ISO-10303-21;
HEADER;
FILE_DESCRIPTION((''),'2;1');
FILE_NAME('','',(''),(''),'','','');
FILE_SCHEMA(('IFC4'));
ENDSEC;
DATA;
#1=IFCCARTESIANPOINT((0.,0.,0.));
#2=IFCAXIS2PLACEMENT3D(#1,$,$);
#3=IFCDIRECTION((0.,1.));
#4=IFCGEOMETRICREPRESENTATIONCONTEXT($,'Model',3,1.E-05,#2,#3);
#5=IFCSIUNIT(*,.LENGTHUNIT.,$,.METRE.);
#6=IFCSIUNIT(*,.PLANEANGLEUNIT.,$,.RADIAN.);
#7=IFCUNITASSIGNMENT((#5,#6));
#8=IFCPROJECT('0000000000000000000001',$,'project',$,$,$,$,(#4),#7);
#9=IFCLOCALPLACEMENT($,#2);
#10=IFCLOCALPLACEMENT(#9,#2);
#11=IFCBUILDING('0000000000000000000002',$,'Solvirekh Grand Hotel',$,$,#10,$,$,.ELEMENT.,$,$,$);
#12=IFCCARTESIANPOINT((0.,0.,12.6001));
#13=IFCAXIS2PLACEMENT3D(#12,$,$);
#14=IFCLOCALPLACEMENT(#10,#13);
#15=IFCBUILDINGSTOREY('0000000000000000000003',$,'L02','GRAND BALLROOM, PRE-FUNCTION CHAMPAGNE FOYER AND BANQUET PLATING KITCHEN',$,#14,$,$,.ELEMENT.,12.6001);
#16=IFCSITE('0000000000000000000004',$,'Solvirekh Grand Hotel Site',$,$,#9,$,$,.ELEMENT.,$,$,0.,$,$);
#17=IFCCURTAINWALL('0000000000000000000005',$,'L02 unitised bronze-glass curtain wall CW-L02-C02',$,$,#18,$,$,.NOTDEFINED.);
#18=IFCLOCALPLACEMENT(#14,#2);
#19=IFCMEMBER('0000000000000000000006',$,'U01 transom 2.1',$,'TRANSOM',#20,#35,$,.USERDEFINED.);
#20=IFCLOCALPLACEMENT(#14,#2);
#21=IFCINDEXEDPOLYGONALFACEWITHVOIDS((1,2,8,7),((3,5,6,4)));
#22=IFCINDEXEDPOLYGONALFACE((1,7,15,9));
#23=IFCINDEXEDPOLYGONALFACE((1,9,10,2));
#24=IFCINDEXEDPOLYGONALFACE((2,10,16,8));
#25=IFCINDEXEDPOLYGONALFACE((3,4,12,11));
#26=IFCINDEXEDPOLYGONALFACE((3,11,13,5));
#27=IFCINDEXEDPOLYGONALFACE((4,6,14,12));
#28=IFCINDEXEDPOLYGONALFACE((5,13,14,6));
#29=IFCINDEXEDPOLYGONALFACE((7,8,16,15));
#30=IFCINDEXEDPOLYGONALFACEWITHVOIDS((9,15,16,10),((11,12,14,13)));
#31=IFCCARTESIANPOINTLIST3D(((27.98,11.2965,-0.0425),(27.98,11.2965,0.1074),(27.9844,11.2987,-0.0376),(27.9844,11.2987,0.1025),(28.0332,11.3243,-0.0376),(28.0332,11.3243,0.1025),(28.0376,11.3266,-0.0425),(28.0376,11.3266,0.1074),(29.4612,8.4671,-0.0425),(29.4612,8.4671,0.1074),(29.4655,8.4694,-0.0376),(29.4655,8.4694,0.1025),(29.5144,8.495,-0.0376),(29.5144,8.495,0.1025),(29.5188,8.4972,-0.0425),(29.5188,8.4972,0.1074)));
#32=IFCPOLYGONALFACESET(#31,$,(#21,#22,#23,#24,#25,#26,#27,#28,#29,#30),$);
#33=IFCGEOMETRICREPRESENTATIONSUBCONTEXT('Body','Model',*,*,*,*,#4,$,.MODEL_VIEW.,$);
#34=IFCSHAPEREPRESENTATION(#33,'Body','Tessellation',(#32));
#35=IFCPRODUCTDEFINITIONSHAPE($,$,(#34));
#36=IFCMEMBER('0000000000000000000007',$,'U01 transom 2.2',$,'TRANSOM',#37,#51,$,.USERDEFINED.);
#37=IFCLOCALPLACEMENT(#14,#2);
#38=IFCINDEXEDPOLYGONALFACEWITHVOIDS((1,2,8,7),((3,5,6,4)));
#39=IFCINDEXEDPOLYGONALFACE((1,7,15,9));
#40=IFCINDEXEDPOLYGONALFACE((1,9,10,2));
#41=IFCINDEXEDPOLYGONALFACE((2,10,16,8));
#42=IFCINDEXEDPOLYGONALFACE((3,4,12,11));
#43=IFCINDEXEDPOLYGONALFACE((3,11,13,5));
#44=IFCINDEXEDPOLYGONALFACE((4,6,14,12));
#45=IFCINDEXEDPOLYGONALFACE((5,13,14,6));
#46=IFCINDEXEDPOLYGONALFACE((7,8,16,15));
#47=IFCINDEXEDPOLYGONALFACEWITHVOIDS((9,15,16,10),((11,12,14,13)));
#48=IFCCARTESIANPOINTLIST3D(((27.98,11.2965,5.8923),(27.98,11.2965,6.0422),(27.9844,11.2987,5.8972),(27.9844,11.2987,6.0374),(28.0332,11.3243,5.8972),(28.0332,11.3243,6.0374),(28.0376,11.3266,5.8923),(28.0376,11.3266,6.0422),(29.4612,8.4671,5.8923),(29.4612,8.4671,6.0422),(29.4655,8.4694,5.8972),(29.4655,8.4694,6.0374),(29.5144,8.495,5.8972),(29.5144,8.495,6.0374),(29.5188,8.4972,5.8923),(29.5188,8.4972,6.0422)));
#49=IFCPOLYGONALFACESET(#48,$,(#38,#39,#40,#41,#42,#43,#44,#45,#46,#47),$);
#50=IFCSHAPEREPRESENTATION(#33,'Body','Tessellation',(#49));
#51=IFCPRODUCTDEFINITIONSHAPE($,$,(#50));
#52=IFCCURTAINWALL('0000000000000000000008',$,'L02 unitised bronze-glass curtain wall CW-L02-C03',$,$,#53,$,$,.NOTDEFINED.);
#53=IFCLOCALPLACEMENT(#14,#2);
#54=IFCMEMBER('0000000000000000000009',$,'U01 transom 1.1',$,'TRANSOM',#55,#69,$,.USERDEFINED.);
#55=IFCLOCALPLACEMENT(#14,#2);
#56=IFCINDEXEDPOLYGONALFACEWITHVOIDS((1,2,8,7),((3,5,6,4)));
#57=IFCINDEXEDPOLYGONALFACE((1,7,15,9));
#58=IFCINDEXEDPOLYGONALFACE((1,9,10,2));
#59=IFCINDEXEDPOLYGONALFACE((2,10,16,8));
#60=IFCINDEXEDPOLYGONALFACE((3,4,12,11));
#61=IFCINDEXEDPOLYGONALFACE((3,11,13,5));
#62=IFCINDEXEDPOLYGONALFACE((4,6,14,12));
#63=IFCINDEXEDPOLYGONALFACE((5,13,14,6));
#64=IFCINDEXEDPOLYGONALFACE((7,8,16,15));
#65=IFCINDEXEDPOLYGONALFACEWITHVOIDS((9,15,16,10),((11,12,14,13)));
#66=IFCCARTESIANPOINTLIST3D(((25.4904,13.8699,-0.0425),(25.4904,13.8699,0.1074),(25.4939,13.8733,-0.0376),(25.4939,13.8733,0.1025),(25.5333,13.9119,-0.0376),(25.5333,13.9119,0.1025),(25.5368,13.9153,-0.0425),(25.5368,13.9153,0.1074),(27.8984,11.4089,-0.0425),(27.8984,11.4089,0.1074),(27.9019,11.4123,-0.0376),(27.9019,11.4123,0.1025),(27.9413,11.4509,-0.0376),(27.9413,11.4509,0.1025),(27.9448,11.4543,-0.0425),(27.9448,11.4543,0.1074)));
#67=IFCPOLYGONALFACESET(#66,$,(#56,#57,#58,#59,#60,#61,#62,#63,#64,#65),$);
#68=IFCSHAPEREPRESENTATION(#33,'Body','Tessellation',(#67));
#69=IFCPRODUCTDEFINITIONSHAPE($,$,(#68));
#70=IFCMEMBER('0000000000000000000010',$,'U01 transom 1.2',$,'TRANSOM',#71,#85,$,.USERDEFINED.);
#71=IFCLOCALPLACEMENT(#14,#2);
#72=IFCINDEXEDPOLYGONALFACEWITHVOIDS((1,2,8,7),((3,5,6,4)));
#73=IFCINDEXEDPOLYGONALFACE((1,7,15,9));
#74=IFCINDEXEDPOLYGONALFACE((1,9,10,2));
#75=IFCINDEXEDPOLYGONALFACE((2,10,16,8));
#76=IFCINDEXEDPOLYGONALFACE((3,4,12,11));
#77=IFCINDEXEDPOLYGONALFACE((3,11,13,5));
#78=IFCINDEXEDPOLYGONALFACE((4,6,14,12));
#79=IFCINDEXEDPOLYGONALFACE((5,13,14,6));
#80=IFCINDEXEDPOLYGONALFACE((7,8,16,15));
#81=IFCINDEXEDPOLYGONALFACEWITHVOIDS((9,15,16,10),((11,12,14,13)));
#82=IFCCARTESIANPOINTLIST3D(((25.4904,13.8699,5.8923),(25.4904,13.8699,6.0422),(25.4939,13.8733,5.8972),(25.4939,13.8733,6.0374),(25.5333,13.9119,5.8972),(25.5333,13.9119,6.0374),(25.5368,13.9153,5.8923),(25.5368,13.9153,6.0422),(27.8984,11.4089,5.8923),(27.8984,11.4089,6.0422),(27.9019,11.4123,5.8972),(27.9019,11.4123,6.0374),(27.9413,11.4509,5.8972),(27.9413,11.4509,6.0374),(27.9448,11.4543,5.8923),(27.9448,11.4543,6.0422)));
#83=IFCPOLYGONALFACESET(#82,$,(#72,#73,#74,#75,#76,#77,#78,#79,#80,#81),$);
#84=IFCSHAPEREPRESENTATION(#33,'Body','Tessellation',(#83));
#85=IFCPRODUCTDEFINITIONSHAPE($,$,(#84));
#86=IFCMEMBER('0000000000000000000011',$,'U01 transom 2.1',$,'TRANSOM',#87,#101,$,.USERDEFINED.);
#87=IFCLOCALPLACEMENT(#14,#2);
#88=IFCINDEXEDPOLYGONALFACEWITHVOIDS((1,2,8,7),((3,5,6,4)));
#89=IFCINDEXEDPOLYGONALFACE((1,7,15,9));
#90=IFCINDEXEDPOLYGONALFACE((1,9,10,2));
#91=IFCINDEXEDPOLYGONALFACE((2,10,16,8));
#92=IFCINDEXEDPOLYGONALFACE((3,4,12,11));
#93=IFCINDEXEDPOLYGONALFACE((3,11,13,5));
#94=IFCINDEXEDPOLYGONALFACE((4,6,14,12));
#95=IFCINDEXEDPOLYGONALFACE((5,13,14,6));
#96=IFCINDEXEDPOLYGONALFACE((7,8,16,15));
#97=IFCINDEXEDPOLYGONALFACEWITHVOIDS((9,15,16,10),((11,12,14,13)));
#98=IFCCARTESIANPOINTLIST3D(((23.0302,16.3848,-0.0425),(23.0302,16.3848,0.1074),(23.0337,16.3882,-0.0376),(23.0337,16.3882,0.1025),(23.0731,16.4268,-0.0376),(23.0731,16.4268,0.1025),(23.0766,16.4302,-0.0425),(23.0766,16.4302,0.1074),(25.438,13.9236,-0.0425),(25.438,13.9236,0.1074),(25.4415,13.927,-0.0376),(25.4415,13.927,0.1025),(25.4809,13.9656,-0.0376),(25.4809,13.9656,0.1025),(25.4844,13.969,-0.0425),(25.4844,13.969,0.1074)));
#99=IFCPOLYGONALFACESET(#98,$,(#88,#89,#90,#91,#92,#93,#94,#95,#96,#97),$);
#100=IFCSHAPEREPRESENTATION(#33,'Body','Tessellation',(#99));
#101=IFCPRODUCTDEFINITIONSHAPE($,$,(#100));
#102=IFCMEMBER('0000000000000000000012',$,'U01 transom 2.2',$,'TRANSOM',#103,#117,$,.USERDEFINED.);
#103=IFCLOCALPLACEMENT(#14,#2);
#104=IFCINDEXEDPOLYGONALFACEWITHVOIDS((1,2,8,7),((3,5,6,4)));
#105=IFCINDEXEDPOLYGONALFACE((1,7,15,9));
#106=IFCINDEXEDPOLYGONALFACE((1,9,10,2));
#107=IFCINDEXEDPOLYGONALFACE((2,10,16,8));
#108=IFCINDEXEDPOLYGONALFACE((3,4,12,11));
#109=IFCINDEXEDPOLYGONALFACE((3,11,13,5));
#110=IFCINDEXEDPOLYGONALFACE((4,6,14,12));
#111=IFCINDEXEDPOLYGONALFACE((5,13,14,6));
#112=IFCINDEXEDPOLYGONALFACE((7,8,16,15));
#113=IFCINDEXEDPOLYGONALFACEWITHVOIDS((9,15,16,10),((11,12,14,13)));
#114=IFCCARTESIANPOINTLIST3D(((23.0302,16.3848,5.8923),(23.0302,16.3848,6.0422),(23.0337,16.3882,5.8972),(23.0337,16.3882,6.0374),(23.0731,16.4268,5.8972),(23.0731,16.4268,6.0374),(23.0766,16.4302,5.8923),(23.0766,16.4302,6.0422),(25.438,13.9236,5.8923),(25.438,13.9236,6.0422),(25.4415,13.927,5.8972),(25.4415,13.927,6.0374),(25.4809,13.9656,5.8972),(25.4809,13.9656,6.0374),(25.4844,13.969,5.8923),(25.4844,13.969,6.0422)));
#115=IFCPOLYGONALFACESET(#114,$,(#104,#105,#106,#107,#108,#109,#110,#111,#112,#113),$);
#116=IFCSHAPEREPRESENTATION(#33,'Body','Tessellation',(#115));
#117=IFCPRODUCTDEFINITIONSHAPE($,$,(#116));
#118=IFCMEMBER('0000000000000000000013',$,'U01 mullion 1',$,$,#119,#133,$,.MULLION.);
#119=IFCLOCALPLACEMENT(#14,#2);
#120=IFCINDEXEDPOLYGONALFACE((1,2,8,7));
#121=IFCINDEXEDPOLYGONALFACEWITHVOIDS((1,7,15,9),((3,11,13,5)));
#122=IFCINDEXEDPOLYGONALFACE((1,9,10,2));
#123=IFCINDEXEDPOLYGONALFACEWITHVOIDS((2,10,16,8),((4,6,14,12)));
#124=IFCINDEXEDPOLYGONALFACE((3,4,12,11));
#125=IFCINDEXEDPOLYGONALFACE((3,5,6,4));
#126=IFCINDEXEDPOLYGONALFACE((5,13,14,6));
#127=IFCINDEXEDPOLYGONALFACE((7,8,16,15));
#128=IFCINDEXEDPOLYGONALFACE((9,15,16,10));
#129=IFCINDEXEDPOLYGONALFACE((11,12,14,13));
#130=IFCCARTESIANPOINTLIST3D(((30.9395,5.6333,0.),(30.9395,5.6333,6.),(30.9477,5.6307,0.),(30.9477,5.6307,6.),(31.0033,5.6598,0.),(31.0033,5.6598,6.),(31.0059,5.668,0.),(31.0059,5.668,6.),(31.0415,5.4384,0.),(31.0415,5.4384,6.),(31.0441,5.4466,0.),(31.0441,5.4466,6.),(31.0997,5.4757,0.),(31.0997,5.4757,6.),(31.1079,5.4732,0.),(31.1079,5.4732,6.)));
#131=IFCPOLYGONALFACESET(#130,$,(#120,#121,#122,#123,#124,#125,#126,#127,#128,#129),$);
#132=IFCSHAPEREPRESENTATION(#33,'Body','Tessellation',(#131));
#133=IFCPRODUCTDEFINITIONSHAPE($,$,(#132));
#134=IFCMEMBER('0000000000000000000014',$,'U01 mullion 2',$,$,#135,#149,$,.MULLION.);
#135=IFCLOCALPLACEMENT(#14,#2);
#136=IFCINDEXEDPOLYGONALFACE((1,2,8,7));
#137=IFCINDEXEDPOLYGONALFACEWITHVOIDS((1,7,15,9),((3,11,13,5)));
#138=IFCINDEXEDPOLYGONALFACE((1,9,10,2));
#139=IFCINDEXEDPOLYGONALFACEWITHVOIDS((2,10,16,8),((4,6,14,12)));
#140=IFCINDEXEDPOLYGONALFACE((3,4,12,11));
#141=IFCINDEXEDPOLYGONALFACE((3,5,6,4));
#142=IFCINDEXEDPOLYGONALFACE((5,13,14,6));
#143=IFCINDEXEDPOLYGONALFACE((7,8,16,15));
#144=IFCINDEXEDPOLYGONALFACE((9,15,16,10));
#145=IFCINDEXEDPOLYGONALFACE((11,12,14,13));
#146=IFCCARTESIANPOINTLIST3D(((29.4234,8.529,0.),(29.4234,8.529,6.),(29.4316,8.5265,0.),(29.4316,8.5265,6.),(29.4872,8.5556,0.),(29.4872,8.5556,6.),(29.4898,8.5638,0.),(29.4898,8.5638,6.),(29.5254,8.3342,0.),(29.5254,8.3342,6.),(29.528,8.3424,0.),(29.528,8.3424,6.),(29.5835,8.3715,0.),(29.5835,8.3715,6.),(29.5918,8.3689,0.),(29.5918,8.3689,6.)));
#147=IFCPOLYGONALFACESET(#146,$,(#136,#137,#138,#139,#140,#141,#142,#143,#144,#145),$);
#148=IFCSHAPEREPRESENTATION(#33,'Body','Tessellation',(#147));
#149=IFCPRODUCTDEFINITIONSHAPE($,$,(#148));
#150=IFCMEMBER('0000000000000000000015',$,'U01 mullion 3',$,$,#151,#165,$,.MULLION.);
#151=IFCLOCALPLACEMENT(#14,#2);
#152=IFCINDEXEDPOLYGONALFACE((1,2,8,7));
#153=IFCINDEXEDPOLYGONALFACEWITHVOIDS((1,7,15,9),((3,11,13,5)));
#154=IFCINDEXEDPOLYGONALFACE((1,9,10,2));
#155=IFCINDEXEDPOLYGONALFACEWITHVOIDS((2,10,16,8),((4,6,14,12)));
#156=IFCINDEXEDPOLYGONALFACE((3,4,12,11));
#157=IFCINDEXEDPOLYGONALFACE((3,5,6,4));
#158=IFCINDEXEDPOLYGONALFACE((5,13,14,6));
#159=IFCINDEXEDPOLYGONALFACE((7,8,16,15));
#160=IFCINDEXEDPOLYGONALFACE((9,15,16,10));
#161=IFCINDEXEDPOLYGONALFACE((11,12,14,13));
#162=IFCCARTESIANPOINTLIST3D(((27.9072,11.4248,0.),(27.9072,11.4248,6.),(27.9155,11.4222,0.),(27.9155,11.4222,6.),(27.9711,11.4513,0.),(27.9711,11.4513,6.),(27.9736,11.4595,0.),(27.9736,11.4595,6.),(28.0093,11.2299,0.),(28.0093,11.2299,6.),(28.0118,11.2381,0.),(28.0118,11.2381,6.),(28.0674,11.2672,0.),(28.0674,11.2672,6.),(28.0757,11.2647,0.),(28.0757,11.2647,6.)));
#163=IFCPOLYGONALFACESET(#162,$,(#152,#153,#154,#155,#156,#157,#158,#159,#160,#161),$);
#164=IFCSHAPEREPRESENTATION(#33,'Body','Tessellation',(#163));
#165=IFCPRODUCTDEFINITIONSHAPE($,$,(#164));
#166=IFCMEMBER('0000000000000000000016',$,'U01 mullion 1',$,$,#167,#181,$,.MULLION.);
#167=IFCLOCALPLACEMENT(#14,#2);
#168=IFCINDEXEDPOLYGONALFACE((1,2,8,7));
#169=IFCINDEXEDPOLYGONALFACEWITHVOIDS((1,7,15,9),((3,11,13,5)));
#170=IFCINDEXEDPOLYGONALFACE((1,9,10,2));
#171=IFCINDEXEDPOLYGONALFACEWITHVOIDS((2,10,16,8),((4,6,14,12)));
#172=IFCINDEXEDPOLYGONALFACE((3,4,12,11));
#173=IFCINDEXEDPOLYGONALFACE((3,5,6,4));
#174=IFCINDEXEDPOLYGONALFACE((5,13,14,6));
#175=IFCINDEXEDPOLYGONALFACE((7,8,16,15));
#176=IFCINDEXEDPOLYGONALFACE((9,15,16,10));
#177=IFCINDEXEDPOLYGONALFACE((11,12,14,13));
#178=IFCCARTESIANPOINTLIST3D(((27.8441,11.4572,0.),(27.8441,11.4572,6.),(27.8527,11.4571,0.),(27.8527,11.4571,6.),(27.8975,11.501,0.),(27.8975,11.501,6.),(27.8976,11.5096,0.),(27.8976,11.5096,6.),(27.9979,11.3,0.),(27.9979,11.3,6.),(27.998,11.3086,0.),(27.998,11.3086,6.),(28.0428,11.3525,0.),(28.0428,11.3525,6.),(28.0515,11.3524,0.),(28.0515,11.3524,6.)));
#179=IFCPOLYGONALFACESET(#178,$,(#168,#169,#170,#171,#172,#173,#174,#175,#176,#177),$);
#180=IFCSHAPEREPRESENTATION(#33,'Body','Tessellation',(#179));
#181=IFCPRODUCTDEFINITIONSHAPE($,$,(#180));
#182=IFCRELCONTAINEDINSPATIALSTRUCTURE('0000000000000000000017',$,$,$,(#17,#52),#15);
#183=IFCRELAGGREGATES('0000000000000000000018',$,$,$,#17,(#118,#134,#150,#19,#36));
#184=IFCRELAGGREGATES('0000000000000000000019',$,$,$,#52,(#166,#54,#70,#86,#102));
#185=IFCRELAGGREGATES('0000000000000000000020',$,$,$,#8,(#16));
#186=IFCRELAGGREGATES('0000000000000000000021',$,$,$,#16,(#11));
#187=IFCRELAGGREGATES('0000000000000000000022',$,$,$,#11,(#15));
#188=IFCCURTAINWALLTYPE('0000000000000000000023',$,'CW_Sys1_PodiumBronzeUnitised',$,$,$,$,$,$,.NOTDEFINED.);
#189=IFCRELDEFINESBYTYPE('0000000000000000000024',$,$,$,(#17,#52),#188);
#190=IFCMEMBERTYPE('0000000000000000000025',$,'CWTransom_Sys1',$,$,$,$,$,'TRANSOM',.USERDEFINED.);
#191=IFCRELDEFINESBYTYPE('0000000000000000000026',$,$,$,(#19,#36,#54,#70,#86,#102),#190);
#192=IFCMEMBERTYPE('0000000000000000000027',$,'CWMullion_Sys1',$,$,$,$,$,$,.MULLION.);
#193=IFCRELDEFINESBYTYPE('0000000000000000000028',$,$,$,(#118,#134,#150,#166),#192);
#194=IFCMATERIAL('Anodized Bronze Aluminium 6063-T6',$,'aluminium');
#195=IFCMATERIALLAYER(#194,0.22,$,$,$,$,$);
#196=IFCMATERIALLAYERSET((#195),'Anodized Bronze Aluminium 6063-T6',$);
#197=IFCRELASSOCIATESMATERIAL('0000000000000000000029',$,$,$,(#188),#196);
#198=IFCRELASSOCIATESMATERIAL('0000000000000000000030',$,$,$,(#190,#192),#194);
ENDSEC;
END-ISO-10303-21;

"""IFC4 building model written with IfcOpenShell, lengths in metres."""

from ifc_helpers import new_model, si_unit, direction, frame, origin, origin_2d, place, context, subcontext, project, spatial, hollow_rectangle, extrude, source, transform, mapped, material, layer, layer_set, material_profile, profile_set, type_object, element, aggregate, save


model = new_model("IFC4")

# Units and contexts
model_context = context("Model", 3, precision=1e-05, world=origin(), true_north=direction((0.0, 1.0)))
body_context = subcontext(model_context, "Body", "Model", "MODEL_VIEW")
ifc_project = project(units=[si_unit("LENGTHUNIT", "METRE"), si_unit("PLANEANGLEUNIT", "RADIAN")], contexts=[model_context])

# Site, building, storey
site_placement = place(None, origin())
site = spatial("IfcSite", under=ifc_project, at=site_placement, Name="Solvirekh Grand Hotel Site", CompositionType="ELEMENT", RefElevation=0.0)
building_placement = place(site_placement, origin())
building = spatial("IfcBuilding", under=site, at=building_placement, Name="Solvirekh Grand Hotel", CompositionType="ELEMENT")
storey_placement = place(building_placement, frame((0.0, 0.0, 12.6001)))
storey = spatial("IfcBuildingStorey", under=building, at=storey_placement, Name="L02", Description="GRAND BALLROOM, PRE-FUNCTION CHAMPAGNE FOYER AND BANQUET PLATING KITCHEN", CompositionType="ELEMENT", Elevation=12.6001)

# Curtain walls, members
ifc_material_1 = material(Name="Anodized Bronze Aluminium 6063-T6", Category="aluminium")
ifc_layer_1 = layer(ifc_material_1, 0.22)
ifc_layer_set_1 = layer_set([ifc_layer_1], Name="Anodized Bronze Aluminium 6063-T6")
curtain_wall_type = type_object("IfcCurtainWallType", Name="CW_Sys1_PodiumBronzeUnitised", PredefinedType="NOTDEFINED", material=ifc_layer_set_1)
curtain_wall_1_placement = place(storey_placement, origin())
curtain_wall_1 = element("IfcCurtainWall", 1, at=curtain_wall_1_placement, inside=storey, type_object=curtain_wall_type, Name="L02 unitised bronze-glass curtain wall CW-L02-C02", PredefinedType="NOTDEFINED")
ifc_material_profile_1 = material_profile(ifc_material_1, hollow_rectangle(XDim=0.0649, YDim=0.1499, WallThickness=0.0049, at=origin_2d()), Name="ALU RHS 150X65X5")
ifc_profile_set_1 = profile_set([ifc_material_profile_1], Name="Anodized Bronze Aluminium 6063-T6")
member_type_1 = type_object("IfcMemberType", Name="CWTransom_Sys1", ElementType="TRANSOM", PredefinedType="USERDEFINED", material=ifc_profile_set_1)
shared_shape_1 = source(origin(), body_context, "Body", "SweptSolid", [
    extrude(hollow_rectangle(XDim=0.0649, YDim=0.1499, WallThickness=0.0049, at=origin_2d()), origin(), (0.0, 0.0, 1.0), 3.1936),
])
member_1_placement = place(storey_placement, frame((29.49, 8.4822, 0.0325), z_axis=(-0.463801, 0.885939, 0.0), x_axis=(-0.885939, -0.463801, 0.0)))
member_1 = element("IfcMember", 2, at=member_1_placement, type_object=member_type_1, Name="U01 transom 2.1", ObjectType="TRANSOM", PredefinedType="USERDEFINED", context=body_context, shape_type="MappedRepresentation", body=[
    mapped(shared_shape_1, transform((0.0, 0.0, 0.0), x_axis=(1.0, 0.0, 0.0), y_axis=(0.0, 1.0, 0.0), z_axis=(0.0, 0.0, 1.0), scale=1.0)),
])
member_2_placement = place(storey_placement, frame((29.49, 8.4822, 5.9673), z_axis=(-0.463801, 0.885939, 0.0), x_axis=(-0.885939, -0.463801, 0.0)))
member_2 = element("IfcMember", 3, at=member_2_placement, type_object=member_type_1, Name="U01 transom 2.2", ObjectType="TRANSOM", PredefinedType="USERDEFINED", context=body_context, shape_type="MappedRepresentation", body=[
    mapped(shared_shape_1, transform((0.0, 0.0, 0.0), x_axis=(1.0, 0.0, 0.0), y_axis=(0.0, 1.0, 0.0), z_axis=(0.0, 0.0, 1.0), scale=1.0)),
])
curtain_wall_2_placement = place(storey_placement, origin())
curtain_wall_2 = element("IfcCurtainWall", 4, at=curtain_wall_2_placement, inside=storey, type_object=curtain_wall_type, Name="L02 unitised bronze-glass curtain wall CW-L02-C03", PredefinedType="NOTDEFINED")
shared_shape_2 = source(origin(), body_context, "Body", "SweptSolid", [
    extrude(hollow_rectangle(XDim=0.0649, YDim=0.1499, WallThickness=0.0049, at=origin_2d()), origin(), (0.0, 0.0, 1.0), 3.4431),
])
member_3_placement = place(storey_placement, frame((27.9216, 11.4316, 0.0325), z_axis=(-0.699371, 0.714759, 0.0), x_axis=(-0.714759, -0.699371, 0.0)))
member_3 = element("IfcMember", 5, at=member_3_placement, type_object=member_type_1, Name="U01 transom 1.1", ObjectType="TRANSOM", PredefinedType="USERDEFINED", context=body_context, shape_type="MappedRepresentation", body=[
    mapped(shared_shape_2, transform((0.0, 0.0, 0.0), x_axis=(1.0, 0.0, 0.0), y_axis=(0.0, 1.0, 0.0), z_axis=(0.0, 0.0, 1.0), scale=1.0)),
])
member_4_placement = place(storey_placement, frame((27.9216, 11.4316, 5.9673), z_axis=(-0.699371, 0.714759, 0.0), x_axis=(-0.714759, -0.699371, 0.0)))
member_4 = element("IfcMember", 6, at=member_4_placement, type_object=member_type_1, Name="U01 transom 1.2", ObjectType="TRANSOM", PredefinedType="USERDEFINED", context=body_context, shape_type="MappedRepresentation", body=[
    mapped(shared_shape_2, transform((0.0, 0.0, 0.0), x_axis=(1.0, 0.0, 0.0), y_axis=(0.0, 1.0, 0.0), z_axis=(0.0, 0.0, 1.0), scale=1.0)),
])
member_5_placement = place(storey_placement, frame((25.4612, 13.9463, 0.0325), z_axis=(-0.6993, 0.714829, 0.0), x_axis=(-0.714829, -0.6993, 0.0)))
member_5 = element("IfcMember", 7, at=member_5_placement, type_object=member_type_1, Name="U01 transom 2.1", ObjectType="TRANSOM", PredefinedType="USERDEFINED", context=body_context, shape_type="MappedRepresentation", body=[
    mapped(shared_shape_2, transform((0.0, 0.0, 0.0), x_axis=(1.0, 0.0, 0.0), y_axis=(0.0, 1.0, 0.0), z_axis=(0.0, 0.0, 1.0), scale=1.0)),
])
member_6_placement = place(storey_placement, frame((25.4612, 13.9463, 5.9673), z_axis=(-0.6993, 0.714829, 0.0), x_axis=(-0.714829, -0.6993, 0.0)))
member_6 = element("IfcMember", 8, at=member_6_placement, type_object=member_type_1, Name="U01 transom 2.2", ObjectType="TRANSOM", PredefinedType="USERDEFINED", context=body_context, shape_type="MappedRepresentation", body=[
    mapped(shared_shape_2, transform((0.0, 0.0, 0.0), x_axis=(1.0, 0.0, 0.0), y_axis=(0.0, 1.0, 0.0), z_axis=(0.0, 0.0, 1.0), scale=1.0)),
])

# Members
ifc_material_profile_2 = material_profile(ifc_material_1, hollow_rectangle(XDim=0.075, YDim=0.22, WallThickness=0.0061, at=origin_2d()), Name="ALU RHS 220X75X6")
ifc_profile_set_2 = profile_set([ifc_material_profile_2], Name="Anodized Bronze Aluminium 6063-T6")
member_type_2 = type_object("IfcMemberType", Name="CWMullion_Sys1", PredefinedType="MULLION", material=ifc_profile_set_2)
shared_shape_3 = source(origin(), body_context, "Body", "SweptSolid", [
    extrude(hollow_rectangle(XDim=0.075, YDim=0.22, WallThickness=0.0061, at=origin_2d()), origin(), (0.0, 0.0, 1.0), 6.0),
])
member_7_placement = place(storey_placement, frame((31.0237, 5.5532, 0.0), z_axis=(0.0, 0.0, 1.0), x_axis=(-0.885923, -0.463832, 0.0)))
member_7 = element("IfcMember", 9, at=member_7_placement, type_object=member_type_2, Name="U01 mullion 1", PredefinedType="MULLION", context=body_context, shape_type="MappedRepresentation", body=[
    mapped(shared_shape_3, transform((0.0, 0.0, 0.0), x_axis=(1.0, 0.0, 0.0), y_axis=(0.0, 1.0, 0.0), z_axis=(0.0, 0.0, 1.0), scale=1.0)),
])
member_8_placement = place(storey_placement, frame((29.5076, 8.449, 0.0), z_axis=(0.0, 0.0, 1.0), x_axis=(-0.885923, -0.463832, 0.0)))
member_8 = element("IfcMember", 10, at=member_8_placement, type_object=member_type_2, Name="U01 mullion 2", PredefinedType="MULLION", context=body_context, shape_type="MappedRepresentation", body=[
    mapped(shared_shape_3, transform((0.0, 0.0, 0.0), x_axis=(1.0, 0.0, 0.0), y_axis=(0.0, 1.0, 0.0), z_axis=(0.0, 0.0, 1.0), scale=1.0)),
])
member_9_placement = place(storey_placement, frame((27.9915, 11.3447, 0.0), z_axis=(0.0, 0.0, 1.0), x_axis=(-0.885923, -0.463832, 0.0)))
member_9 = element("IfcMember", 11, at=member_9_placement, type_object=member_type_2, Name="U01 mullion 3", PredefinedType="MULLION", context=body_context, shape_type="MappedRepresentation", body=[
    mapped(shared_shape_3, transform((0.0, 0.0, 0.0), x_axis=(1.0, 0.0, 0.0), y_axis=(0.0, 1.0, 0.0), z_axis=(0.0, 0.0, 1.0), scale=1.0)),
])
member_10_placement = place(storey_placement, frame((27.9478, 11.4048, 0.0), z_axis=(0.0, 0.0, 1.0), x_axis=(-0.714799, -0.69933, 0.0)))
member_10 = element("IfcMember", 12, at=member_10_placement, type_object=member_type_2, Name="U01 mullion 1", PredefinedType="MULLION", context=body_context, shape_type="MappedRepresentation", body=[
    mapped(shared_shape_3, transform((0.0, 0.0, 0.0), x_axis=(1.0, 0.0, 0.0), y_axis=(0.0, 1.0, 0.0), z_axis=(0.0, 0.0, 1.0), scale=1.0)),
])

aggregate(curtain_wall_1, [member_7, member_8, member_9, member_1, member_2])
aggregate(curtain_wall_2, [member_10, member_3, member_4, member_5, member_6])

save(model, "model.ifc")
